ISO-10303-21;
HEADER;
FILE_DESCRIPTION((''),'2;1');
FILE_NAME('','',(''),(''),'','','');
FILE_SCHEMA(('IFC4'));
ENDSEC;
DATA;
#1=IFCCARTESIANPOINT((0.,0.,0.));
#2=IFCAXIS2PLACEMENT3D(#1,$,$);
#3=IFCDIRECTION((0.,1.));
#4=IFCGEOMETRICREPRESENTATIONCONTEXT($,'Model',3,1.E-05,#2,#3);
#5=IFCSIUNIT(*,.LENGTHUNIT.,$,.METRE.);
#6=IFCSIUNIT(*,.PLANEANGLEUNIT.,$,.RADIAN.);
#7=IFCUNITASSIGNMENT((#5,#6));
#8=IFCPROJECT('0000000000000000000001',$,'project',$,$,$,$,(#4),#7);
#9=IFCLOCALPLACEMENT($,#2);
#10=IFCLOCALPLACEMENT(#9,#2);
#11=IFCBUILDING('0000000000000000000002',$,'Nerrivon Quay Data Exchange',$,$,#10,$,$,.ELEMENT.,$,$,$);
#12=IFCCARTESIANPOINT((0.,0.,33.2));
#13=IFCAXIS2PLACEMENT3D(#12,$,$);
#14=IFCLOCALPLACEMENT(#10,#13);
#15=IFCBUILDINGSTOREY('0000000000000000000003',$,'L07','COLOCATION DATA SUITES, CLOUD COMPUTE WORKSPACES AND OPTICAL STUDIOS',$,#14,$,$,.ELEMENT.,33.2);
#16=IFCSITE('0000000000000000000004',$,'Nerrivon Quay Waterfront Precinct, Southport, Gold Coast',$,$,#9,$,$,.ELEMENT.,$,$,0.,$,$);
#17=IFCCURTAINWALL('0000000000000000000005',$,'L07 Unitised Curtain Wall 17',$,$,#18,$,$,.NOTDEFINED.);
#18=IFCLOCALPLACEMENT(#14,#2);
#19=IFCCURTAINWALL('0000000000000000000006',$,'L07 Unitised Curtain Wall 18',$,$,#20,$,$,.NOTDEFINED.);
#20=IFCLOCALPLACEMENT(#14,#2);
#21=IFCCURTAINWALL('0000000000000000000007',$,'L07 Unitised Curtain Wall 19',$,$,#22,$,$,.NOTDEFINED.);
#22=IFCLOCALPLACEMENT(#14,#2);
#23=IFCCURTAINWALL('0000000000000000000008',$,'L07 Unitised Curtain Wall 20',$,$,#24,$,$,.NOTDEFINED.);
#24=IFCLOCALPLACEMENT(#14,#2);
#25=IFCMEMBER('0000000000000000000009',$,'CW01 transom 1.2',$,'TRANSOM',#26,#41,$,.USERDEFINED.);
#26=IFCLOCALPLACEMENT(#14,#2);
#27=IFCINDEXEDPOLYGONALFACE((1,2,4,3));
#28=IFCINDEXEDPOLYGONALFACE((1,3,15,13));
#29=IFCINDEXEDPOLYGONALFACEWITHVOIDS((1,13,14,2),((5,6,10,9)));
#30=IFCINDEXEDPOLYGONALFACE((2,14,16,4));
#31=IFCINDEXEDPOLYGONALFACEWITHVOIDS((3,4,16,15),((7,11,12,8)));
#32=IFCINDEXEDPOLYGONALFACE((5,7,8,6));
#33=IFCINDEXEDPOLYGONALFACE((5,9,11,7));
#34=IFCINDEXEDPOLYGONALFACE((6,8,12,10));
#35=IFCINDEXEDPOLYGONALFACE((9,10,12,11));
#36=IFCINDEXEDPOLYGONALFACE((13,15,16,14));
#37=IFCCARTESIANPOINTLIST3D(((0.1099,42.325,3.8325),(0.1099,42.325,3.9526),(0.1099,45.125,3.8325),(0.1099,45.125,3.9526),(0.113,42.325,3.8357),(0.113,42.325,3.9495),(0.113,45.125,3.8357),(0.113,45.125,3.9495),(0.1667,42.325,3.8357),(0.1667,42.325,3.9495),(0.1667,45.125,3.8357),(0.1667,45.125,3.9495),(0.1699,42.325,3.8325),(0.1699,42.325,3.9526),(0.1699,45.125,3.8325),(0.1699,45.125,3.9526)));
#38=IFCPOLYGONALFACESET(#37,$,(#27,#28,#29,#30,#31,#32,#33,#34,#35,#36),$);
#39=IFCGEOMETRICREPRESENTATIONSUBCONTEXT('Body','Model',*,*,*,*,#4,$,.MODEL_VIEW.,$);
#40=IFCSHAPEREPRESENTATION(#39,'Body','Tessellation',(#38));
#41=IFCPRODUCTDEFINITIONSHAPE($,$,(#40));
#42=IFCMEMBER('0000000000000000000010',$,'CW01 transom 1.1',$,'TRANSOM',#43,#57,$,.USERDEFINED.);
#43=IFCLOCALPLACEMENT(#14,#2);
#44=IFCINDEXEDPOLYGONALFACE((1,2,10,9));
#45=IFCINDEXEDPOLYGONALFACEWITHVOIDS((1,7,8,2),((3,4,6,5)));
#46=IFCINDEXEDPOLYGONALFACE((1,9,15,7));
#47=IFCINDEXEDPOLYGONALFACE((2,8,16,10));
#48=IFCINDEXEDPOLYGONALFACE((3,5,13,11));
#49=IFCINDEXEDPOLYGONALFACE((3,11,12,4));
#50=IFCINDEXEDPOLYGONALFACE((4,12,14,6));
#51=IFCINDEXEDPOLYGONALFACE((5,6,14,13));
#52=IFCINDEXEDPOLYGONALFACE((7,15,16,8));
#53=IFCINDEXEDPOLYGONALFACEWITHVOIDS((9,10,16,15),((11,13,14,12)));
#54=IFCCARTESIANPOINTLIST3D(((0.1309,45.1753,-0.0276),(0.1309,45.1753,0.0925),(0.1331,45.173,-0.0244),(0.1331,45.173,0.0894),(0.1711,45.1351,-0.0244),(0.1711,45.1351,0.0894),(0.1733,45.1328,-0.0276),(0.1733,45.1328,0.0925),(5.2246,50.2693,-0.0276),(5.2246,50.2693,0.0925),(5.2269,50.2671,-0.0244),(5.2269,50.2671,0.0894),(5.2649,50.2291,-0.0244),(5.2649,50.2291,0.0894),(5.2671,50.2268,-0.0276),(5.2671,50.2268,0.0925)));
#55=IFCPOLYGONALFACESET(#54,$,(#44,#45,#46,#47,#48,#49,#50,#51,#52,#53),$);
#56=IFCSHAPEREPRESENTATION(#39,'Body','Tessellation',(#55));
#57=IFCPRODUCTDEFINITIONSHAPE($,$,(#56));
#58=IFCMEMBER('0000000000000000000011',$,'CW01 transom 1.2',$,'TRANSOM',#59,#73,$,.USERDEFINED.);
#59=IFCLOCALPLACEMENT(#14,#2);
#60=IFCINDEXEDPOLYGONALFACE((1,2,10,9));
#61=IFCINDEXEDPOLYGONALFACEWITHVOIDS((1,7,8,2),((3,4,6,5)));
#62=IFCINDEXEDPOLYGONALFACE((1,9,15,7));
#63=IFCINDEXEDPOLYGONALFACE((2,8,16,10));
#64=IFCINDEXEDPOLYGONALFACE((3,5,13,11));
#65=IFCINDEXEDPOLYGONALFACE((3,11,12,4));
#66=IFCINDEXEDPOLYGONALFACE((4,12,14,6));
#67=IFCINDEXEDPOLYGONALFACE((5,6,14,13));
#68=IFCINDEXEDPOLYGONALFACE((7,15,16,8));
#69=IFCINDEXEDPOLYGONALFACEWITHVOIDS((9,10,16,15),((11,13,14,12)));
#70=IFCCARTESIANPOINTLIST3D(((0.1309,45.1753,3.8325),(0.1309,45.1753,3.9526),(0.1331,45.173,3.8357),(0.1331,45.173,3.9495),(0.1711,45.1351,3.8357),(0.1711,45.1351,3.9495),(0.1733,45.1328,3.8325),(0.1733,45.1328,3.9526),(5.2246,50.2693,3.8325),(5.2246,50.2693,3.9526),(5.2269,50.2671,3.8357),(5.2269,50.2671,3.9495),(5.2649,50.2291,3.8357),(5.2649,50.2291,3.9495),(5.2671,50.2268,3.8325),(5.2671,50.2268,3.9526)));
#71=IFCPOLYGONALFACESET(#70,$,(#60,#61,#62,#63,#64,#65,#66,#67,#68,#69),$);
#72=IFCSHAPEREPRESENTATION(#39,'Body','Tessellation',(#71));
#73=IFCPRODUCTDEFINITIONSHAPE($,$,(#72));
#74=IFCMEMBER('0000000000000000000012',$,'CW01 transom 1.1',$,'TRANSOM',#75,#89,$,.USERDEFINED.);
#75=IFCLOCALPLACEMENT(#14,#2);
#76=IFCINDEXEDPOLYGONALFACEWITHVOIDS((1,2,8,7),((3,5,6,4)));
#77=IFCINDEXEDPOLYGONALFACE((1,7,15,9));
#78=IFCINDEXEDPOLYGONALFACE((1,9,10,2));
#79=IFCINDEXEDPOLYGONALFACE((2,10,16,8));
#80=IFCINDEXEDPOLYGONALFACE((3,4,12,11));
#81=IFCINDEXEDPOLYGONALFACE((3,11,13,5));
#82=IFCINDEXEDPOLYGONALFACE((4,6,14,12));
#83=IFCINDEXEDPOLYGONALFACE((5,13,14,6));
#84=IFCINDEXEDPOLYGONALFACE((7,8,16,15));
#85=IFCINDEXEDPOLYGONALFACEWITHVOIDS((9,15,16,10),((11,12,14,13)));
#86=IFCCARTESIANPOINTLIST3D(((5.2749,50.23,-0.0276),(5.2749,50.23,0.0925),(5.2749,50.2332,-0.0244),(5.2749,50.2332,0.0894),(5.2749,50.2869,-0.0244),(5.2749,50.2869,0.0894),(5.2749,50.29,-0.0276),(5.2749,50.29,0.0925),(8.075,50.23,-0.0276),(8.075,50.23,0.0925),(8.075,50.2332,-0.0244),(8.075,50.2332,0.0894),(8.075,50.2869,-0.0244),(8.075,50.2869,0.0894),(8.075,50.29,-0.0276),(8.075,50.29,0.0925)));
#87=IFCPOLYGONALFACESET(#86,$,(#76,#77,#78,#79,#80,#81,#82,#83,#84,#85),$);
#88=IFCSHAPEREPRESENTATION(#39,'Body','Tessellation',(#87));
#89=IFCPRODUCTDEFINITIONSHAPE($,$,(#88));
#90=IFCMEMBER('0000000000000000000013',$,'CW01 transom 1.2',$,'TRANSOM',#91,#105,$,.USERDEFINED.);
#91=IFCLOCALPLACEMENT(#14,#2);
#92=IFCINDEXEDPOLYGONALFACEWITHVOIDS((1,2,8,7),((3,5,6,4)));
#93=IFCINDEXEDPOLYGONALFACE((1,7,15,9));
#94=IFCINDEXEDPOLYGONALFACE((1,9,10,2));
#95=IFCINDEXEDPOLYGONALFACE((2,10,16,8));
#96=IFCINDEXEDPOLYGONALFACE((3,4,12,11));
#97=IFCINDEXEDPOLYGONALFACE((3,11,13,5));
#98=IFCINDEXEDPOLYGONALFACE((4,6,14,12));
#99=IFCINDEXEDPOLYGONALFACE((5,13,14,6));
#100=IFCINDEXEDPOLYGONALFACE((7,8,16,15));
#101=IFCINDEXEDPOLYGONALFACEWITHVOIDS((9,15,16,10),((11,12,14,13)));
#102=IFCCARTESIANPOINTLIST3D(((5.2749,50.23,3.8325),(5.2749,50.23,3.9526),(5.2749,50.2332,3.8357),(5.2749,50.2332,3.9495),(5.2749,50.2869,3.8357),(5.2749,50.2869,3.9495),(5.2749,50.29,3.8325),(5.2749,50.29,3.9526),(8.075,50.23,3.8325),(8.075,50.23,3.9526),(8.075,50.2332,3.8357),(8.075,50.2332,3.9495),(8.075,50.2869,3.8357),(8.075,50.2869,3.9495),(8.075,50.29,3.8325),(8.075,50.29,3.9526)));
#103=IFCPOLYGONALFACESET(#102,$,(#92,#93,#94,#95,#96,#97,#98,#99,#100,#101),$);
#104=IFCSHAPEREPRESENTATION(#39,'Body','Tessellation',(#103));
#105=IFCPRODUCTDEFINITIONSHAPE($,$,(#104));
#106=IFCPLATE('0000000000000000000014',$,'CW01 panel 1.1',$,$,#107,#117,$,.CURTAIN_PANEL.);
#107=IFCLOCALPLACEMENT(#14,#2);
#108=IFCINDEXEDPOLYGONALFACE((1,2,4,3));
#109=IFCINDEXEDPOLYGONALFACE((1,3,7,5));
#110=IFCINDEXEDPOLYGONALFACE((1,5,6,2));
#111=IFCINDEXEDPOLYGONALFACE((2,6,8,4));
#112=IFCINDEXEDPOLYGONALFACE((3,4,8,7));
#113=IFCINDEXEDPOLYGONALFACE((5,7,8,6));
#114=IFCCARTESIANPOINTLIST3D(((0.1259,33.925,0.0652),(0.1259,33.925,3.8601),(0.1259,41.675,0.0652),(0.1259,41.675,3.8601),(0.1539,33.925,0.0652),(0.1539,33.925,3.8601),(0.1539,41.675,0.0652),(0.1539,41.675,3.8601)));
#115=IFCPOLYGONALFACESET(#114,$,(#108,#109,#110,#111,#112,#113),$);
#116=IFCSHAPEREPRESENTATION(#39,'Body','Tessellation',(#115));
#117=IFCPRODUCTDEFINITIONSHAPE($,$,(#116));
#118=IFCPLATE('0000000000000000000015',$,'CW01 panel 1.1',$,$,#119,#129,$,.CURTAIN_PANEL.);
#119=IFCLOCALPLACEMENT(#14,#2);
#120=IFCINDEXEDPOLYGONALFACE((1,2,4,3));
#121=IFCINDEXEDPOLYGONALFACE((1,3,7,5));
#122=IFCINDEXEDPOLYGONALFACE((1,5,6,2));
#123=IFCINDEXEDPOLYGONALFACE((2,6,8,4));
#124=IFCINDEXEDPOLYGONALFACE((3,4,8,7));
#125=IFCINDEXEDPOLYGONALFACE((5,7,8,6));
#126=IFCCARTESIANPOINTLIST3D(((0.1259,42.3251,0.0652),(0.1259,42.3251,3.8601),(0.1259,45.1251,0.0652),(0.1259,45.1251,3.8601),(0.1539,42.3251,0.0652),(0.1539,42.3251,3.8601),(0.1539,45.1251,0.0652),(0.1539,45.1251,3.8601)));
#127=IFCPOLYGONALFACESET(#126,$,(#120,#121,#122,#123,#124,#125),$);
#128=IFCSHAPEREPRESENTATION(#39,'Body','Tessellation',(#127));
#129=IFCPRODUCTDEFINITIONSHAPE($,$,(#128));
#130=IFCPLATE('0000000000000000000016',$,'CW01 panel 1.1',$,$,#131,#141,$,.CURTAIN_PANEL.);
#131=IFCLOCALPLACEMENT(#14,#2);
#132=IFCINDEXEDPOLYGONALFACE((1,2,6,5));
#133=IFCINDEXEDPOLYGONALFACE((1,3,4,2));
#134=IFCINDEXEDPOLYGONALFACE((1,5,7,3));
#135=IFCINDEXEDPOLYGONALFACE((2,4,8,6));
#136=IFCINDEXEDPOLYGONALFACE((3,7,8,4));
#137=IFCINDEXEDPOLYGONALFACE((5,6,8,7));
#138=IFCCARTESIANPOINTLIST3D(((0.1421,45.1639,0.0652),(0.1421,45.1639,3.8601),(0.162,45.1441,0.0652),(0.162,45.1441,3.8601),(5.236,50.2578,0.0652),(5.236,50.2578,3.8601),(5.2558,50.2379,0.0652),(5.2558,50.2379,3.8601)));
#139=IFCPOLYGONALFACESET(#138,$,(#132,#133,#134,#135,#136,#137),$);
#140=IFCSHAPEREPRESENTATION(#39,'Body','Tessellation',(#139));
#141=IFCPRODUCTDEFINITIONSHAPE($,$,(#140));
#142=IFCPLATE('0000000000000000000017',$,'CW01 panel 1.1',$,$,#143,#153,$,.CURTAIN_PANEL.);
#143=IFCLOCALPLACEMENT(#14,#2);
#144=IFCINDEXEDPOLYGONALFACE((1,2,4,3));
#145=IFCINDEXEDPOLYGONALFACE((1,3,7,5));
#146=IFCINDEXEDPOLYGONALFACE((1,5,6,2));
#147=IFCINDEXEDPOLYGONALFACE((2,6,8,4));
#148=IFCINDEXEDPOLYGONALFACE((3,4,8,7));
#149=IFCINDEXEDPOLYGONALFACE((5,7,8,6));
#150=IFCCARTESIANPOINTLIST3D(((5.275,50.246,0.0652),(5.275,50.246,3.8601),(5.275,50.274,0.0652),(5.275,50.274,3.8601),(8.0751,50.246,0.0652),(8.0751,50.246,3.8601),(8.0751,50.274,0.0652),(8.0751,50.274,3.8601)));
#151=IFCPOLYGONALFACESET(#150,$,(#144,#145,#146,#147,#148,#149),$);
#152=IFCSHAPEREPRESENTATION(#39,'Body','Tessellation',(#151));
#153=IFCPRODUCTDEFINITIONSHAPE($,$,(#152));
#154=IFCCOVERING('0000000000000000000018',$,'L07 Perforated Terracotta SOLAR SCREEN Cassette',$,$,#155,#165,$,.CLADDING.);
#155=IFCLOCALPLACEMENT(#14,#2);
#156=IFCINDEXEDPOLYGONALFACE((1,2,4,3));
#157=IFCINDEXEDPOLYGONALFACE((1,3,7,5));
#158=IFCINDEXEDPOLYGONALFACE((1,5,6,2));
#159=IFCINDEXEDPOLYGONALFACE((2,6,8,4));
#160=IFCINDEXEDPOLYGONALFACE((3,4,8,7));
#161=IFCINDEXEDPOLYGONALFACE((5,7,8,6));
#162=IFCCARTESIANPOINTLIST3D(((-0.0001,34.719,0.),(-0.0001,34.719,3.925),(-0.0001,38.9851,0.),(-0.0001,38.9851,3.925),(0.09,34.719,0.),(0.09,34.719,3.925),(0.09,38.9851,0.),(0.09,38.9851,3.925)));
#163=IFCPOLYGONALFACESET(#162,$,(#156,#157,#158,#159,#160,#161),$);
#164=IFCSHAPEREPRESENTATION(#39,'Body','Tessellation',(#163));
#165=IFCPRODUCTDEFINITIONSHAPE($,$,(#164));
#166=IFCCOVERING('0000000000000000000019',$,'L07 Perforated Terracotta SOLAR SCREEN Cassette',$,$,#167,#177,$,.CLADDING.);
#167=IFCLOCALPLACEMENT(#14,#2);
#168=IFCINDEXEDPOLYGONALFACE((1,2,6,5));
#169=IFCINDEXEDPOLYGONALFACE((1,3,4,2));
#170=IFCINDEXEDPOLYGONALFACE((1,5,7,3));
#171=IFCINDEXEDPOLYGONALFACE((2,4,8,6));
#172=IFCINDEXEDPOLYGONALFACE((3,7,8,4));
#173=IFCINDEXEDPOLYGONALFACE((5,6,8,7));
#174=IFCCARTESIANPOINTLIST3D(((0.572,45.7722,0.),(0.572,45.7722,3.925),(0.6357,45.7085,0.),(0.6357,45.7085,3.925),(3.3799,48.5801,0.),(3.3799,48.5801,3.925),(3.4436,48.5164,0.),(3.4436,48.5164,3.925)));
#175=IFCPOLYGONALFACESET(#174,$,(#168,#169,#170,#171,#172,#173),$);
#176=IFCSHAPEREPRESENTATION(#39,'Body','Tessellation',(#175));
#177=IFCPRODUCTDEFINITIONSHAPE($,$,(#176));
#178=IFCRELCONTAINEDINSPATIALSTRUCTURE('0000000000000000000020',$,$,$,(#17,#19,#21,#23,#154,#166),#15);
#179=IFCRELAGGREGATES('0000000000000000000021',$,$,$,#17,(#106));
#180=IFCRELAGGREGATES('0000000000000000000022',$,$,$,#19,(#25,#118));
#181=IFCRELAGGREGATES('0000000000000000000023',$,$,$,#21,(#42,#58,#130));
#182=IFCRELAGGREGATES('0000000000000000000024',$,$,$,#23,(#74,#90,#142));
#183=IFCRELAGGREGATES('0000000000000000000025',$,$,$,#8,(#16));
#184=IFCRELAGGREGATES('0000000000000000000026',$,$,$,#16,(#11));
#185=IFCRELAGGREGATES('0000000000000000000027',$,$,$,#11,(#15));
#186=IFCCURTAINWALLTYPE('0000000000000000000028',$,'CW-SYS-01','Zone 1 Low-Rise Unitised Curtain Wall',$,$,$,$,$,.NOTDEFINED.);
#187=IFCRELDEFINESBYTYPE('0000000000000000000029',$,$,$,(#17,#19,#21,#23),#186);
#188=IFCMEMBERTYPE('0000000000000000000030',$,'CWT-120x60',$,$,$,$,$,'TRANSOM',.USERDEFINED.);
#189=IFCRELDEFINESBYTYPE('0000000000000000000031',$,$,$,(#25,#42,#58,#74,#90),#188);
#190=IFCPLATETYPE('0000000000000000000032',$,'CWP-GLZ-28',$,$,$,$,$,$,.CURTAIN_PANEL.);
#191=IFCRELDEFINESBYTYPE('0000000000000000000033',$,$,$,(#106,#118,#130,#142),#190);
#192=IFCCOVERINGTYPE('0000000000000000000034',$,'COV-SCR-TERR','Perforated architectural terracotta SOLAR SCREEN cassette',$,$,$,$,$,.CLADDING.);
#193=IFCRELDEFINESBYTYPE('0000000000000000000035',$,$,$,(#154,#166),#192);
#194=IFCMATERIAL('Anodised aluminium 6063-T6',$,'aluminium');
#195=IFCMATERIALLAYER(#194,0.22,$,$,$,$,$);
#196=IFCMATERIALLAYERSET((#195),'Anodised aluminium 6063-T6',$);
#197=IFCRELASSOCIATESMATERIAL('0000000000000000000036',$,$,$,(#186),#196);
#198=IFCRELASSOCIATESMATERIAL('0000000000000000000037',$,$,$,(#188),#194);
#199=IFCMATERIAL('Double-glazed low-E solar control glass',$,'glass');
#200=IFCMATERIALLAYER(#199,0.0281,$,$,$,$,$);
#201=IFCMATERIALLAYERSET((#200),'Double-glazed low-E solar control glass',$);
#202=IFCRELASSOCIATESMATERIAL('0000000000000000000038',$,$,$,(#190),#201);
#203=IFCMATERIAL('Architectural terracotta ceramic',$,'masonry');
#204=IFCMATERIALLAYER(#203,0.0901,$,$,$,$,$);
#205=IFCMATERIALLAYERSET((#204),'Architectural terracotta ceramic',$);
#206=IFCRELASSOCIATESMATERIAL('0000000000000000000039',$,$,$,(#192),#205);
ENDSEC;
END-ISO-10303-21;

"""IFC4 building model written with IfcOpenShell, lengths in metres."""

from ifc_helpers import new_model, si_unit, direction, frame, origin, origin_2d, place, context, subcontext, project, spatial, rectangle, hollow_rectangle, extrude, material, layer, layer_set, material_profile, profile_set, type_object, element, aggregate, save


model = new_model("IFC4")

# Units and contexts
model_context = context("Model", 3, precision=1e-05, world=origin(), true_north=direction((0.0, 1.0)))
body_context = subcontext(model_context, "Body", "Model", "MODEL_VIEW")
ifc_project = project(units=[si_unit("LENGTHUNIT", "METRE"), si_unit("PLANEANGLEUNIT", "RADIAN")], contexts=[model_context])

# Site, building, storey
site_placement = place(None, origin())
site = spatial("IfcSite", under=ifc_project, at=site_placement, Name="Nerrivon Quay Waterfront Precinct, Southport, Gold Coast", CompositionType="ELEMENT", RefElevation=0.0)
building_placement = place(site_placement, origin())
building = spatial("IfcBuilding", under=site, at=building_placement, Name="Nerrivon Quay Data Exchange", CompositionType="ELEMENT")
storey_placement = place(building_placement, frame((0.0, 0.0, 33.2)))
storey = spatial("IfcBuildingStorey", under=building, at=storey_placement, Name="L07", Description="COLOCATION DATA SUITES, CLOUD COMPUTE WORKSPACES AND OPTICAL STUDIOS", CompositionType="ELEMENT", Elevation=33.2)

# Curtain wall
ifc_material_1 = material(Name="Anodised aluminium 6063-T6", Category="aluminium")
ifc_layer_1 = layer(ifc_material_1, 0.22)
ifc_layer_set_1 = layer_set([ifc_layer_1], Name="Anodised aluminium 6063-T6")
curtain_wall_type = type_object("IfcCurtainWallType", Name="CW-SYS-01", Description="Zone 1 Low-Rise Unitised Curtain Wall", PredefinedType="NOTDEFINED", material=ifc_layer_set_1)
curtain_wall_1_placement = place(storey_placement, origin())
curtain_wall_1 = element("IfcCurtainWall", 1, at=curtain_wall_1_placement, inside=storey, type_object=curtain_wall_type, Name="L07 Unitised Curtain Wall 17", PredefinedType="NOTDEFINED")

# Curtain walls
curtain_wall_2_placement = place(storey_placement, origin())
curtain_wall_2 = element("IfcCurtainWall", 2, at=curtain_wall_2_placement, inside=storey, type_object=curtain_wall_type, Name="L07 Unitised Curtain Wall 18", PredefinedType="NOTDEFINED")
curtain_wall_3_placement = place(storey_placement, origin())
curtain_wall_3 = element("IfcCurtainWall", 3, at=curtain_wall_3_placement, inside=storey, type_object=curtain_wall_type, Name="L07 Unitised Curtain Wall 19", PredefinedType="NOTDEFINED")
curtain_wall_4_placement = place(storey_placement, origin())
curtain_wall_4 = element("IfcCurtainWall", 4, at=curtain_wall_4_placement, inside=storey, type_object=curtain_wall_type, Name="L07 Unitised Curtain Wall 20", PredefinedType="NOTDEFINED")

# Members
ifc_material_profile_1 = material_profile(ifc_material_1, hollow_rectangle(XDim=0.0601, YDim=0.1201, WallThickness=0.0032, at=origin_2d()), Name="ALU-TRAN-120x60")
ifc_profile_set_1 = profile_set([ifc_material_profile_1], Name="Anodised aluminium 6063-T6")
member_type_1 = type_object("IfcMemberType", Name="CWT-120x60", ElementType="TRANSOM", PredefinedType="USERDEFINED", material=ifc_profile_set_1)
member_1_placement = place(storey_placement, frame((0.1399, 42.325, 3.8926), z_axis=(0.0, 1.0, 0.0), x_axis=(-1.0, 0.0, 0.0)))
member_1 = element("IfcMember", 5, at=member_1_placement, type_object=member_type_1, Name="CW01 transom 1.2", ObjectType="TRANSOM", PredefinedType="USERDEFINED", context=body_context, shape_type="SweptSolid", body=[
    extrude(hollow_rectangle(XDim=0.0601, YDim=0.1201, WallThickness=0.0032, at=origin_2d()), origin(), (0.0, 0.0, 1.0), 2.8),
])
member_2_placement = place(storey_placement, frame((0.1521, 45.1541, 0.0325), z_axis=(0.70709, 0.707124, 0.0), x_axis=(-0.707124, 0.70709, 0.0)))
member_2 = element("IfcMember", 6, at=member_2_placement, type_object=member_type_1, Name="CW01 transom 1.1", ObjectType="TRANSOM", PredefinedType="USERDEFINED", context=body_context, shape_type="SweptSolid", body=[
    extrude(hollow_rectangle(XDim=0.0601, YDim=0.1201, WallThickness=0.0032, at=origin_2d()), origin(), (0.0, 0.0, 1.0), 7.2039),
])
member_3_placement = place(storey_placement, frame((0.1521, 45.1541, 3.8926), z_axis=(0.70709, 0.707124, 0.0), x_axis=(-0.707124, 0.70709, 0.0)))
member_3 = element("IfcMember", 7, at=member_3_placement, type_object=member_type_1, Name="CW01 transom 1.2", ObjectType="TRANSOM", PredefinedType="USERDEFINED", context=body_context, shape_type="SweptSolid", body=[
    extrude(hollow_rectangle(XDim=0.0601, YDim=0.1201, WallThickness=0.0032, at=origin_2d()), origin(), (0.0, 0.0, 1.0), 7.2039),
])
member_4_placement = place(storey_placement, frame((5.2749, 50.26, 0.0325), z_axis=(1.0, 0.0, 0.0), x_axis=(0.0, 1.0, 0.0)))
member_4 = element("IfcMember", 8, at=member_4_placement, type_object=member_type_1, Name="CW01 transom 1.1", ObjectType="TRANSOM", PredefinedType="USERDEFINED", context=body_context, shape_type="SweptSolid", body=[
    extrude(hollow_rectangle(XDim=0.0601, YDim=0.1201, WallThickness=0.0032, at=origin_2d()), origin(), (0.0, 0.0, 1.0), 2.8),
])
member_5_placement = place(storey_placement, frame((5.2749, 50.26, 3.8926), z_axis=(1.0, 0.0, 0.0), x_axis=(0.0, 1.0, 0.0)))
member_5 = element("IfcMember", 9, at=member_5_placement, type_object=member_type_1, Name="CW01 transom 1.2", ObjectType="TRANSOM", PredefinedType="USERDEFINED", context=body_context, shape_type="SweptSolid", body=[
    extrude(hollow_rectangle(XDim=0.0601, YDim=0.1201, WallThickness=0.0032, at=origin_2d()), origin(), (0.0, 0.0, 1.0), 2.8),
])

# Plates
ifc_material_2 = material(Name="Double-glazed low-E solar control glass", Category="glass")
ifc_layer_2 = layer(ifc_material_2, 0.0281)
ifc_layer_set_2 = layer_set([ifc_layer_2], Name="Double-glazed low-E solar control glass")
plate_type = type_object("IfcPlateType", Name="CWP-GLZ-28", PredefinedType="CURTAIN_PANEL", material=ifc_layer_set_2)
plate_1_placement = place(storey_placement, frame((0.1399, 37.8, 0.0652), z_axis=(0.0, 0.0, 1.0), x_axis=(0.0, 1.0, 0.0)))
plate_1 = element("IfcPlate", 10, at=plate_1_placement, type_object=plate_type, Name="CW01 panel 1.1", PredefinedType="CURTAIN_PANEL", context=body_context, shape_type="SweptSolid", body=[
    extrude(rectangle(XDim=7.75, YDim=0.0281, at=origin_2d()), origin(), (0.0, 0.0, 1.0), 3.7949),
])
aggregate(curtain_wall_1, [plate_1])
plate_2_placement = place(storey_placement, frame((0.1399, 43.7251, 0.0652), z_axis=(0.0, 0.0, 1.0), x_axis=(0.0, 1.0, 0.0)))
plate_2 = element("IfcPlate", 11, at=plate_2_placement, type_object=plate_type, Name="CW01 panel 1.1", PredefinedType="CURTAIN_PANEL", context=body_context, shape_type="SweptSolid", body=[
    extrude(rectangle(XDim=2.8, YDim=0.0281, at=origin_2d()), origin(), (0.0, 0.0, 1.0), 3.7949),
])
aggregate(curtain_wall_2, [member_1, plate_2])
plate_3_placement = place(storey_placement, frame((2.699, 47.7009, 0.0652), z_axis=(0.0, 0.0, 1.0), x_axis=(0.707107, 0.707107, 0.0)))
plate_3 = element("IfcPlate", 12, at=plate_3_placement, type_object=plate_type, Name="CW01 panel 1.1", PredefinedType="CURTAIN_PANEL", context=body_context, shape_type="SweptSolid", body=[
    extrude(rectangle(XDim=7.2039, YDim=0.0281, at=origin_2d()), origin(), (0.0, 0.0, 1.0), 3.7949),
])
aggregate(curtain_wall_3, [member_2, member_3, plate_3])
plate_4_placement = place(storey_placement, frame((6.675, 50.26, 0.0652), z_axis=(0.0, 0.0, 1.0), x_axis=(1.0, 0.0, 0.0)))
plate_4 = element("IfcPlate", 13, at=plate_4_placement, type_object=plate_type, Name="CW01 panel 1.1", PredefinedType="CURTAIN_PANEL", context=body_context, shape_type="SweptSolid", body=[
    extrude(rectangle(XDim=2.8, YDim=0.0281, at=origin_2d()), origin(), (0.0, 0.0, 1.0), 3.7949),
])
aggregate(curtain_wall_4, [member_4, member_5, plate_4])

# Coverings
ifc_material_3 = material(Name="Architectural terracotta ceramic", Category="masonry")
ifc_layer_3 = layer(ifc_material_3, 0.0901)
ifc_layer_set_3 = layer_set([ifc_layer_3], Name="Architectural terracotta ceramic")
covering_type = type_object("IfcCoveringType", Name="COV-SCR-TERR", Description="Perforated architectural terracotta SOLAR SCREEN cassette", PredefinedType="CLADDING", material=ifc_layer_set_3)
covering_1_placement = place(storey_placement, frame((0.0449, 36.8521, 0.0), z_axis=(0.0, 0.0, 1.0), x_axis=(0.0, 1.0, 0.0)))
element("IfcCovering", 14, at=covering_1_placement, inside=storey, type_object=covering_type, Name="L07 Perforated Terracotta SOLAR SCREEN Cassette", PredefinedType="CLADDING", context=body_context, shape_type="SweptSolid", body=[
    extrude(rectangle(XDim=4.2661, YDim=0.0901, at=origin_2d()), origin(), (0.0, 0.0, 1.0), 3.925),
])
covering_2_placement = place(storey_placement, frame((2.0078, 47.1443, 0.0), z_axis=(0.0, 0.0, 1.0), x_axis=(0.707107, 0.707107, 0.0)))
element("IfcCovering", 15, at=covering_2_placement, inside=storey, type_object=covering_type, Name="L07 Perforated Terracotta SOLAR SCREEN Cassette", PredefinedType="CLADDING", context=body_context, shape_type="SweptSolid", body=[
    extrude(rectangle(XDim=3.9709, YDim=0.0901, at=origin_2d()), origin(), (0.0, 0.0, 1.0), 3.925),
])

save(model, "model.ifc")
